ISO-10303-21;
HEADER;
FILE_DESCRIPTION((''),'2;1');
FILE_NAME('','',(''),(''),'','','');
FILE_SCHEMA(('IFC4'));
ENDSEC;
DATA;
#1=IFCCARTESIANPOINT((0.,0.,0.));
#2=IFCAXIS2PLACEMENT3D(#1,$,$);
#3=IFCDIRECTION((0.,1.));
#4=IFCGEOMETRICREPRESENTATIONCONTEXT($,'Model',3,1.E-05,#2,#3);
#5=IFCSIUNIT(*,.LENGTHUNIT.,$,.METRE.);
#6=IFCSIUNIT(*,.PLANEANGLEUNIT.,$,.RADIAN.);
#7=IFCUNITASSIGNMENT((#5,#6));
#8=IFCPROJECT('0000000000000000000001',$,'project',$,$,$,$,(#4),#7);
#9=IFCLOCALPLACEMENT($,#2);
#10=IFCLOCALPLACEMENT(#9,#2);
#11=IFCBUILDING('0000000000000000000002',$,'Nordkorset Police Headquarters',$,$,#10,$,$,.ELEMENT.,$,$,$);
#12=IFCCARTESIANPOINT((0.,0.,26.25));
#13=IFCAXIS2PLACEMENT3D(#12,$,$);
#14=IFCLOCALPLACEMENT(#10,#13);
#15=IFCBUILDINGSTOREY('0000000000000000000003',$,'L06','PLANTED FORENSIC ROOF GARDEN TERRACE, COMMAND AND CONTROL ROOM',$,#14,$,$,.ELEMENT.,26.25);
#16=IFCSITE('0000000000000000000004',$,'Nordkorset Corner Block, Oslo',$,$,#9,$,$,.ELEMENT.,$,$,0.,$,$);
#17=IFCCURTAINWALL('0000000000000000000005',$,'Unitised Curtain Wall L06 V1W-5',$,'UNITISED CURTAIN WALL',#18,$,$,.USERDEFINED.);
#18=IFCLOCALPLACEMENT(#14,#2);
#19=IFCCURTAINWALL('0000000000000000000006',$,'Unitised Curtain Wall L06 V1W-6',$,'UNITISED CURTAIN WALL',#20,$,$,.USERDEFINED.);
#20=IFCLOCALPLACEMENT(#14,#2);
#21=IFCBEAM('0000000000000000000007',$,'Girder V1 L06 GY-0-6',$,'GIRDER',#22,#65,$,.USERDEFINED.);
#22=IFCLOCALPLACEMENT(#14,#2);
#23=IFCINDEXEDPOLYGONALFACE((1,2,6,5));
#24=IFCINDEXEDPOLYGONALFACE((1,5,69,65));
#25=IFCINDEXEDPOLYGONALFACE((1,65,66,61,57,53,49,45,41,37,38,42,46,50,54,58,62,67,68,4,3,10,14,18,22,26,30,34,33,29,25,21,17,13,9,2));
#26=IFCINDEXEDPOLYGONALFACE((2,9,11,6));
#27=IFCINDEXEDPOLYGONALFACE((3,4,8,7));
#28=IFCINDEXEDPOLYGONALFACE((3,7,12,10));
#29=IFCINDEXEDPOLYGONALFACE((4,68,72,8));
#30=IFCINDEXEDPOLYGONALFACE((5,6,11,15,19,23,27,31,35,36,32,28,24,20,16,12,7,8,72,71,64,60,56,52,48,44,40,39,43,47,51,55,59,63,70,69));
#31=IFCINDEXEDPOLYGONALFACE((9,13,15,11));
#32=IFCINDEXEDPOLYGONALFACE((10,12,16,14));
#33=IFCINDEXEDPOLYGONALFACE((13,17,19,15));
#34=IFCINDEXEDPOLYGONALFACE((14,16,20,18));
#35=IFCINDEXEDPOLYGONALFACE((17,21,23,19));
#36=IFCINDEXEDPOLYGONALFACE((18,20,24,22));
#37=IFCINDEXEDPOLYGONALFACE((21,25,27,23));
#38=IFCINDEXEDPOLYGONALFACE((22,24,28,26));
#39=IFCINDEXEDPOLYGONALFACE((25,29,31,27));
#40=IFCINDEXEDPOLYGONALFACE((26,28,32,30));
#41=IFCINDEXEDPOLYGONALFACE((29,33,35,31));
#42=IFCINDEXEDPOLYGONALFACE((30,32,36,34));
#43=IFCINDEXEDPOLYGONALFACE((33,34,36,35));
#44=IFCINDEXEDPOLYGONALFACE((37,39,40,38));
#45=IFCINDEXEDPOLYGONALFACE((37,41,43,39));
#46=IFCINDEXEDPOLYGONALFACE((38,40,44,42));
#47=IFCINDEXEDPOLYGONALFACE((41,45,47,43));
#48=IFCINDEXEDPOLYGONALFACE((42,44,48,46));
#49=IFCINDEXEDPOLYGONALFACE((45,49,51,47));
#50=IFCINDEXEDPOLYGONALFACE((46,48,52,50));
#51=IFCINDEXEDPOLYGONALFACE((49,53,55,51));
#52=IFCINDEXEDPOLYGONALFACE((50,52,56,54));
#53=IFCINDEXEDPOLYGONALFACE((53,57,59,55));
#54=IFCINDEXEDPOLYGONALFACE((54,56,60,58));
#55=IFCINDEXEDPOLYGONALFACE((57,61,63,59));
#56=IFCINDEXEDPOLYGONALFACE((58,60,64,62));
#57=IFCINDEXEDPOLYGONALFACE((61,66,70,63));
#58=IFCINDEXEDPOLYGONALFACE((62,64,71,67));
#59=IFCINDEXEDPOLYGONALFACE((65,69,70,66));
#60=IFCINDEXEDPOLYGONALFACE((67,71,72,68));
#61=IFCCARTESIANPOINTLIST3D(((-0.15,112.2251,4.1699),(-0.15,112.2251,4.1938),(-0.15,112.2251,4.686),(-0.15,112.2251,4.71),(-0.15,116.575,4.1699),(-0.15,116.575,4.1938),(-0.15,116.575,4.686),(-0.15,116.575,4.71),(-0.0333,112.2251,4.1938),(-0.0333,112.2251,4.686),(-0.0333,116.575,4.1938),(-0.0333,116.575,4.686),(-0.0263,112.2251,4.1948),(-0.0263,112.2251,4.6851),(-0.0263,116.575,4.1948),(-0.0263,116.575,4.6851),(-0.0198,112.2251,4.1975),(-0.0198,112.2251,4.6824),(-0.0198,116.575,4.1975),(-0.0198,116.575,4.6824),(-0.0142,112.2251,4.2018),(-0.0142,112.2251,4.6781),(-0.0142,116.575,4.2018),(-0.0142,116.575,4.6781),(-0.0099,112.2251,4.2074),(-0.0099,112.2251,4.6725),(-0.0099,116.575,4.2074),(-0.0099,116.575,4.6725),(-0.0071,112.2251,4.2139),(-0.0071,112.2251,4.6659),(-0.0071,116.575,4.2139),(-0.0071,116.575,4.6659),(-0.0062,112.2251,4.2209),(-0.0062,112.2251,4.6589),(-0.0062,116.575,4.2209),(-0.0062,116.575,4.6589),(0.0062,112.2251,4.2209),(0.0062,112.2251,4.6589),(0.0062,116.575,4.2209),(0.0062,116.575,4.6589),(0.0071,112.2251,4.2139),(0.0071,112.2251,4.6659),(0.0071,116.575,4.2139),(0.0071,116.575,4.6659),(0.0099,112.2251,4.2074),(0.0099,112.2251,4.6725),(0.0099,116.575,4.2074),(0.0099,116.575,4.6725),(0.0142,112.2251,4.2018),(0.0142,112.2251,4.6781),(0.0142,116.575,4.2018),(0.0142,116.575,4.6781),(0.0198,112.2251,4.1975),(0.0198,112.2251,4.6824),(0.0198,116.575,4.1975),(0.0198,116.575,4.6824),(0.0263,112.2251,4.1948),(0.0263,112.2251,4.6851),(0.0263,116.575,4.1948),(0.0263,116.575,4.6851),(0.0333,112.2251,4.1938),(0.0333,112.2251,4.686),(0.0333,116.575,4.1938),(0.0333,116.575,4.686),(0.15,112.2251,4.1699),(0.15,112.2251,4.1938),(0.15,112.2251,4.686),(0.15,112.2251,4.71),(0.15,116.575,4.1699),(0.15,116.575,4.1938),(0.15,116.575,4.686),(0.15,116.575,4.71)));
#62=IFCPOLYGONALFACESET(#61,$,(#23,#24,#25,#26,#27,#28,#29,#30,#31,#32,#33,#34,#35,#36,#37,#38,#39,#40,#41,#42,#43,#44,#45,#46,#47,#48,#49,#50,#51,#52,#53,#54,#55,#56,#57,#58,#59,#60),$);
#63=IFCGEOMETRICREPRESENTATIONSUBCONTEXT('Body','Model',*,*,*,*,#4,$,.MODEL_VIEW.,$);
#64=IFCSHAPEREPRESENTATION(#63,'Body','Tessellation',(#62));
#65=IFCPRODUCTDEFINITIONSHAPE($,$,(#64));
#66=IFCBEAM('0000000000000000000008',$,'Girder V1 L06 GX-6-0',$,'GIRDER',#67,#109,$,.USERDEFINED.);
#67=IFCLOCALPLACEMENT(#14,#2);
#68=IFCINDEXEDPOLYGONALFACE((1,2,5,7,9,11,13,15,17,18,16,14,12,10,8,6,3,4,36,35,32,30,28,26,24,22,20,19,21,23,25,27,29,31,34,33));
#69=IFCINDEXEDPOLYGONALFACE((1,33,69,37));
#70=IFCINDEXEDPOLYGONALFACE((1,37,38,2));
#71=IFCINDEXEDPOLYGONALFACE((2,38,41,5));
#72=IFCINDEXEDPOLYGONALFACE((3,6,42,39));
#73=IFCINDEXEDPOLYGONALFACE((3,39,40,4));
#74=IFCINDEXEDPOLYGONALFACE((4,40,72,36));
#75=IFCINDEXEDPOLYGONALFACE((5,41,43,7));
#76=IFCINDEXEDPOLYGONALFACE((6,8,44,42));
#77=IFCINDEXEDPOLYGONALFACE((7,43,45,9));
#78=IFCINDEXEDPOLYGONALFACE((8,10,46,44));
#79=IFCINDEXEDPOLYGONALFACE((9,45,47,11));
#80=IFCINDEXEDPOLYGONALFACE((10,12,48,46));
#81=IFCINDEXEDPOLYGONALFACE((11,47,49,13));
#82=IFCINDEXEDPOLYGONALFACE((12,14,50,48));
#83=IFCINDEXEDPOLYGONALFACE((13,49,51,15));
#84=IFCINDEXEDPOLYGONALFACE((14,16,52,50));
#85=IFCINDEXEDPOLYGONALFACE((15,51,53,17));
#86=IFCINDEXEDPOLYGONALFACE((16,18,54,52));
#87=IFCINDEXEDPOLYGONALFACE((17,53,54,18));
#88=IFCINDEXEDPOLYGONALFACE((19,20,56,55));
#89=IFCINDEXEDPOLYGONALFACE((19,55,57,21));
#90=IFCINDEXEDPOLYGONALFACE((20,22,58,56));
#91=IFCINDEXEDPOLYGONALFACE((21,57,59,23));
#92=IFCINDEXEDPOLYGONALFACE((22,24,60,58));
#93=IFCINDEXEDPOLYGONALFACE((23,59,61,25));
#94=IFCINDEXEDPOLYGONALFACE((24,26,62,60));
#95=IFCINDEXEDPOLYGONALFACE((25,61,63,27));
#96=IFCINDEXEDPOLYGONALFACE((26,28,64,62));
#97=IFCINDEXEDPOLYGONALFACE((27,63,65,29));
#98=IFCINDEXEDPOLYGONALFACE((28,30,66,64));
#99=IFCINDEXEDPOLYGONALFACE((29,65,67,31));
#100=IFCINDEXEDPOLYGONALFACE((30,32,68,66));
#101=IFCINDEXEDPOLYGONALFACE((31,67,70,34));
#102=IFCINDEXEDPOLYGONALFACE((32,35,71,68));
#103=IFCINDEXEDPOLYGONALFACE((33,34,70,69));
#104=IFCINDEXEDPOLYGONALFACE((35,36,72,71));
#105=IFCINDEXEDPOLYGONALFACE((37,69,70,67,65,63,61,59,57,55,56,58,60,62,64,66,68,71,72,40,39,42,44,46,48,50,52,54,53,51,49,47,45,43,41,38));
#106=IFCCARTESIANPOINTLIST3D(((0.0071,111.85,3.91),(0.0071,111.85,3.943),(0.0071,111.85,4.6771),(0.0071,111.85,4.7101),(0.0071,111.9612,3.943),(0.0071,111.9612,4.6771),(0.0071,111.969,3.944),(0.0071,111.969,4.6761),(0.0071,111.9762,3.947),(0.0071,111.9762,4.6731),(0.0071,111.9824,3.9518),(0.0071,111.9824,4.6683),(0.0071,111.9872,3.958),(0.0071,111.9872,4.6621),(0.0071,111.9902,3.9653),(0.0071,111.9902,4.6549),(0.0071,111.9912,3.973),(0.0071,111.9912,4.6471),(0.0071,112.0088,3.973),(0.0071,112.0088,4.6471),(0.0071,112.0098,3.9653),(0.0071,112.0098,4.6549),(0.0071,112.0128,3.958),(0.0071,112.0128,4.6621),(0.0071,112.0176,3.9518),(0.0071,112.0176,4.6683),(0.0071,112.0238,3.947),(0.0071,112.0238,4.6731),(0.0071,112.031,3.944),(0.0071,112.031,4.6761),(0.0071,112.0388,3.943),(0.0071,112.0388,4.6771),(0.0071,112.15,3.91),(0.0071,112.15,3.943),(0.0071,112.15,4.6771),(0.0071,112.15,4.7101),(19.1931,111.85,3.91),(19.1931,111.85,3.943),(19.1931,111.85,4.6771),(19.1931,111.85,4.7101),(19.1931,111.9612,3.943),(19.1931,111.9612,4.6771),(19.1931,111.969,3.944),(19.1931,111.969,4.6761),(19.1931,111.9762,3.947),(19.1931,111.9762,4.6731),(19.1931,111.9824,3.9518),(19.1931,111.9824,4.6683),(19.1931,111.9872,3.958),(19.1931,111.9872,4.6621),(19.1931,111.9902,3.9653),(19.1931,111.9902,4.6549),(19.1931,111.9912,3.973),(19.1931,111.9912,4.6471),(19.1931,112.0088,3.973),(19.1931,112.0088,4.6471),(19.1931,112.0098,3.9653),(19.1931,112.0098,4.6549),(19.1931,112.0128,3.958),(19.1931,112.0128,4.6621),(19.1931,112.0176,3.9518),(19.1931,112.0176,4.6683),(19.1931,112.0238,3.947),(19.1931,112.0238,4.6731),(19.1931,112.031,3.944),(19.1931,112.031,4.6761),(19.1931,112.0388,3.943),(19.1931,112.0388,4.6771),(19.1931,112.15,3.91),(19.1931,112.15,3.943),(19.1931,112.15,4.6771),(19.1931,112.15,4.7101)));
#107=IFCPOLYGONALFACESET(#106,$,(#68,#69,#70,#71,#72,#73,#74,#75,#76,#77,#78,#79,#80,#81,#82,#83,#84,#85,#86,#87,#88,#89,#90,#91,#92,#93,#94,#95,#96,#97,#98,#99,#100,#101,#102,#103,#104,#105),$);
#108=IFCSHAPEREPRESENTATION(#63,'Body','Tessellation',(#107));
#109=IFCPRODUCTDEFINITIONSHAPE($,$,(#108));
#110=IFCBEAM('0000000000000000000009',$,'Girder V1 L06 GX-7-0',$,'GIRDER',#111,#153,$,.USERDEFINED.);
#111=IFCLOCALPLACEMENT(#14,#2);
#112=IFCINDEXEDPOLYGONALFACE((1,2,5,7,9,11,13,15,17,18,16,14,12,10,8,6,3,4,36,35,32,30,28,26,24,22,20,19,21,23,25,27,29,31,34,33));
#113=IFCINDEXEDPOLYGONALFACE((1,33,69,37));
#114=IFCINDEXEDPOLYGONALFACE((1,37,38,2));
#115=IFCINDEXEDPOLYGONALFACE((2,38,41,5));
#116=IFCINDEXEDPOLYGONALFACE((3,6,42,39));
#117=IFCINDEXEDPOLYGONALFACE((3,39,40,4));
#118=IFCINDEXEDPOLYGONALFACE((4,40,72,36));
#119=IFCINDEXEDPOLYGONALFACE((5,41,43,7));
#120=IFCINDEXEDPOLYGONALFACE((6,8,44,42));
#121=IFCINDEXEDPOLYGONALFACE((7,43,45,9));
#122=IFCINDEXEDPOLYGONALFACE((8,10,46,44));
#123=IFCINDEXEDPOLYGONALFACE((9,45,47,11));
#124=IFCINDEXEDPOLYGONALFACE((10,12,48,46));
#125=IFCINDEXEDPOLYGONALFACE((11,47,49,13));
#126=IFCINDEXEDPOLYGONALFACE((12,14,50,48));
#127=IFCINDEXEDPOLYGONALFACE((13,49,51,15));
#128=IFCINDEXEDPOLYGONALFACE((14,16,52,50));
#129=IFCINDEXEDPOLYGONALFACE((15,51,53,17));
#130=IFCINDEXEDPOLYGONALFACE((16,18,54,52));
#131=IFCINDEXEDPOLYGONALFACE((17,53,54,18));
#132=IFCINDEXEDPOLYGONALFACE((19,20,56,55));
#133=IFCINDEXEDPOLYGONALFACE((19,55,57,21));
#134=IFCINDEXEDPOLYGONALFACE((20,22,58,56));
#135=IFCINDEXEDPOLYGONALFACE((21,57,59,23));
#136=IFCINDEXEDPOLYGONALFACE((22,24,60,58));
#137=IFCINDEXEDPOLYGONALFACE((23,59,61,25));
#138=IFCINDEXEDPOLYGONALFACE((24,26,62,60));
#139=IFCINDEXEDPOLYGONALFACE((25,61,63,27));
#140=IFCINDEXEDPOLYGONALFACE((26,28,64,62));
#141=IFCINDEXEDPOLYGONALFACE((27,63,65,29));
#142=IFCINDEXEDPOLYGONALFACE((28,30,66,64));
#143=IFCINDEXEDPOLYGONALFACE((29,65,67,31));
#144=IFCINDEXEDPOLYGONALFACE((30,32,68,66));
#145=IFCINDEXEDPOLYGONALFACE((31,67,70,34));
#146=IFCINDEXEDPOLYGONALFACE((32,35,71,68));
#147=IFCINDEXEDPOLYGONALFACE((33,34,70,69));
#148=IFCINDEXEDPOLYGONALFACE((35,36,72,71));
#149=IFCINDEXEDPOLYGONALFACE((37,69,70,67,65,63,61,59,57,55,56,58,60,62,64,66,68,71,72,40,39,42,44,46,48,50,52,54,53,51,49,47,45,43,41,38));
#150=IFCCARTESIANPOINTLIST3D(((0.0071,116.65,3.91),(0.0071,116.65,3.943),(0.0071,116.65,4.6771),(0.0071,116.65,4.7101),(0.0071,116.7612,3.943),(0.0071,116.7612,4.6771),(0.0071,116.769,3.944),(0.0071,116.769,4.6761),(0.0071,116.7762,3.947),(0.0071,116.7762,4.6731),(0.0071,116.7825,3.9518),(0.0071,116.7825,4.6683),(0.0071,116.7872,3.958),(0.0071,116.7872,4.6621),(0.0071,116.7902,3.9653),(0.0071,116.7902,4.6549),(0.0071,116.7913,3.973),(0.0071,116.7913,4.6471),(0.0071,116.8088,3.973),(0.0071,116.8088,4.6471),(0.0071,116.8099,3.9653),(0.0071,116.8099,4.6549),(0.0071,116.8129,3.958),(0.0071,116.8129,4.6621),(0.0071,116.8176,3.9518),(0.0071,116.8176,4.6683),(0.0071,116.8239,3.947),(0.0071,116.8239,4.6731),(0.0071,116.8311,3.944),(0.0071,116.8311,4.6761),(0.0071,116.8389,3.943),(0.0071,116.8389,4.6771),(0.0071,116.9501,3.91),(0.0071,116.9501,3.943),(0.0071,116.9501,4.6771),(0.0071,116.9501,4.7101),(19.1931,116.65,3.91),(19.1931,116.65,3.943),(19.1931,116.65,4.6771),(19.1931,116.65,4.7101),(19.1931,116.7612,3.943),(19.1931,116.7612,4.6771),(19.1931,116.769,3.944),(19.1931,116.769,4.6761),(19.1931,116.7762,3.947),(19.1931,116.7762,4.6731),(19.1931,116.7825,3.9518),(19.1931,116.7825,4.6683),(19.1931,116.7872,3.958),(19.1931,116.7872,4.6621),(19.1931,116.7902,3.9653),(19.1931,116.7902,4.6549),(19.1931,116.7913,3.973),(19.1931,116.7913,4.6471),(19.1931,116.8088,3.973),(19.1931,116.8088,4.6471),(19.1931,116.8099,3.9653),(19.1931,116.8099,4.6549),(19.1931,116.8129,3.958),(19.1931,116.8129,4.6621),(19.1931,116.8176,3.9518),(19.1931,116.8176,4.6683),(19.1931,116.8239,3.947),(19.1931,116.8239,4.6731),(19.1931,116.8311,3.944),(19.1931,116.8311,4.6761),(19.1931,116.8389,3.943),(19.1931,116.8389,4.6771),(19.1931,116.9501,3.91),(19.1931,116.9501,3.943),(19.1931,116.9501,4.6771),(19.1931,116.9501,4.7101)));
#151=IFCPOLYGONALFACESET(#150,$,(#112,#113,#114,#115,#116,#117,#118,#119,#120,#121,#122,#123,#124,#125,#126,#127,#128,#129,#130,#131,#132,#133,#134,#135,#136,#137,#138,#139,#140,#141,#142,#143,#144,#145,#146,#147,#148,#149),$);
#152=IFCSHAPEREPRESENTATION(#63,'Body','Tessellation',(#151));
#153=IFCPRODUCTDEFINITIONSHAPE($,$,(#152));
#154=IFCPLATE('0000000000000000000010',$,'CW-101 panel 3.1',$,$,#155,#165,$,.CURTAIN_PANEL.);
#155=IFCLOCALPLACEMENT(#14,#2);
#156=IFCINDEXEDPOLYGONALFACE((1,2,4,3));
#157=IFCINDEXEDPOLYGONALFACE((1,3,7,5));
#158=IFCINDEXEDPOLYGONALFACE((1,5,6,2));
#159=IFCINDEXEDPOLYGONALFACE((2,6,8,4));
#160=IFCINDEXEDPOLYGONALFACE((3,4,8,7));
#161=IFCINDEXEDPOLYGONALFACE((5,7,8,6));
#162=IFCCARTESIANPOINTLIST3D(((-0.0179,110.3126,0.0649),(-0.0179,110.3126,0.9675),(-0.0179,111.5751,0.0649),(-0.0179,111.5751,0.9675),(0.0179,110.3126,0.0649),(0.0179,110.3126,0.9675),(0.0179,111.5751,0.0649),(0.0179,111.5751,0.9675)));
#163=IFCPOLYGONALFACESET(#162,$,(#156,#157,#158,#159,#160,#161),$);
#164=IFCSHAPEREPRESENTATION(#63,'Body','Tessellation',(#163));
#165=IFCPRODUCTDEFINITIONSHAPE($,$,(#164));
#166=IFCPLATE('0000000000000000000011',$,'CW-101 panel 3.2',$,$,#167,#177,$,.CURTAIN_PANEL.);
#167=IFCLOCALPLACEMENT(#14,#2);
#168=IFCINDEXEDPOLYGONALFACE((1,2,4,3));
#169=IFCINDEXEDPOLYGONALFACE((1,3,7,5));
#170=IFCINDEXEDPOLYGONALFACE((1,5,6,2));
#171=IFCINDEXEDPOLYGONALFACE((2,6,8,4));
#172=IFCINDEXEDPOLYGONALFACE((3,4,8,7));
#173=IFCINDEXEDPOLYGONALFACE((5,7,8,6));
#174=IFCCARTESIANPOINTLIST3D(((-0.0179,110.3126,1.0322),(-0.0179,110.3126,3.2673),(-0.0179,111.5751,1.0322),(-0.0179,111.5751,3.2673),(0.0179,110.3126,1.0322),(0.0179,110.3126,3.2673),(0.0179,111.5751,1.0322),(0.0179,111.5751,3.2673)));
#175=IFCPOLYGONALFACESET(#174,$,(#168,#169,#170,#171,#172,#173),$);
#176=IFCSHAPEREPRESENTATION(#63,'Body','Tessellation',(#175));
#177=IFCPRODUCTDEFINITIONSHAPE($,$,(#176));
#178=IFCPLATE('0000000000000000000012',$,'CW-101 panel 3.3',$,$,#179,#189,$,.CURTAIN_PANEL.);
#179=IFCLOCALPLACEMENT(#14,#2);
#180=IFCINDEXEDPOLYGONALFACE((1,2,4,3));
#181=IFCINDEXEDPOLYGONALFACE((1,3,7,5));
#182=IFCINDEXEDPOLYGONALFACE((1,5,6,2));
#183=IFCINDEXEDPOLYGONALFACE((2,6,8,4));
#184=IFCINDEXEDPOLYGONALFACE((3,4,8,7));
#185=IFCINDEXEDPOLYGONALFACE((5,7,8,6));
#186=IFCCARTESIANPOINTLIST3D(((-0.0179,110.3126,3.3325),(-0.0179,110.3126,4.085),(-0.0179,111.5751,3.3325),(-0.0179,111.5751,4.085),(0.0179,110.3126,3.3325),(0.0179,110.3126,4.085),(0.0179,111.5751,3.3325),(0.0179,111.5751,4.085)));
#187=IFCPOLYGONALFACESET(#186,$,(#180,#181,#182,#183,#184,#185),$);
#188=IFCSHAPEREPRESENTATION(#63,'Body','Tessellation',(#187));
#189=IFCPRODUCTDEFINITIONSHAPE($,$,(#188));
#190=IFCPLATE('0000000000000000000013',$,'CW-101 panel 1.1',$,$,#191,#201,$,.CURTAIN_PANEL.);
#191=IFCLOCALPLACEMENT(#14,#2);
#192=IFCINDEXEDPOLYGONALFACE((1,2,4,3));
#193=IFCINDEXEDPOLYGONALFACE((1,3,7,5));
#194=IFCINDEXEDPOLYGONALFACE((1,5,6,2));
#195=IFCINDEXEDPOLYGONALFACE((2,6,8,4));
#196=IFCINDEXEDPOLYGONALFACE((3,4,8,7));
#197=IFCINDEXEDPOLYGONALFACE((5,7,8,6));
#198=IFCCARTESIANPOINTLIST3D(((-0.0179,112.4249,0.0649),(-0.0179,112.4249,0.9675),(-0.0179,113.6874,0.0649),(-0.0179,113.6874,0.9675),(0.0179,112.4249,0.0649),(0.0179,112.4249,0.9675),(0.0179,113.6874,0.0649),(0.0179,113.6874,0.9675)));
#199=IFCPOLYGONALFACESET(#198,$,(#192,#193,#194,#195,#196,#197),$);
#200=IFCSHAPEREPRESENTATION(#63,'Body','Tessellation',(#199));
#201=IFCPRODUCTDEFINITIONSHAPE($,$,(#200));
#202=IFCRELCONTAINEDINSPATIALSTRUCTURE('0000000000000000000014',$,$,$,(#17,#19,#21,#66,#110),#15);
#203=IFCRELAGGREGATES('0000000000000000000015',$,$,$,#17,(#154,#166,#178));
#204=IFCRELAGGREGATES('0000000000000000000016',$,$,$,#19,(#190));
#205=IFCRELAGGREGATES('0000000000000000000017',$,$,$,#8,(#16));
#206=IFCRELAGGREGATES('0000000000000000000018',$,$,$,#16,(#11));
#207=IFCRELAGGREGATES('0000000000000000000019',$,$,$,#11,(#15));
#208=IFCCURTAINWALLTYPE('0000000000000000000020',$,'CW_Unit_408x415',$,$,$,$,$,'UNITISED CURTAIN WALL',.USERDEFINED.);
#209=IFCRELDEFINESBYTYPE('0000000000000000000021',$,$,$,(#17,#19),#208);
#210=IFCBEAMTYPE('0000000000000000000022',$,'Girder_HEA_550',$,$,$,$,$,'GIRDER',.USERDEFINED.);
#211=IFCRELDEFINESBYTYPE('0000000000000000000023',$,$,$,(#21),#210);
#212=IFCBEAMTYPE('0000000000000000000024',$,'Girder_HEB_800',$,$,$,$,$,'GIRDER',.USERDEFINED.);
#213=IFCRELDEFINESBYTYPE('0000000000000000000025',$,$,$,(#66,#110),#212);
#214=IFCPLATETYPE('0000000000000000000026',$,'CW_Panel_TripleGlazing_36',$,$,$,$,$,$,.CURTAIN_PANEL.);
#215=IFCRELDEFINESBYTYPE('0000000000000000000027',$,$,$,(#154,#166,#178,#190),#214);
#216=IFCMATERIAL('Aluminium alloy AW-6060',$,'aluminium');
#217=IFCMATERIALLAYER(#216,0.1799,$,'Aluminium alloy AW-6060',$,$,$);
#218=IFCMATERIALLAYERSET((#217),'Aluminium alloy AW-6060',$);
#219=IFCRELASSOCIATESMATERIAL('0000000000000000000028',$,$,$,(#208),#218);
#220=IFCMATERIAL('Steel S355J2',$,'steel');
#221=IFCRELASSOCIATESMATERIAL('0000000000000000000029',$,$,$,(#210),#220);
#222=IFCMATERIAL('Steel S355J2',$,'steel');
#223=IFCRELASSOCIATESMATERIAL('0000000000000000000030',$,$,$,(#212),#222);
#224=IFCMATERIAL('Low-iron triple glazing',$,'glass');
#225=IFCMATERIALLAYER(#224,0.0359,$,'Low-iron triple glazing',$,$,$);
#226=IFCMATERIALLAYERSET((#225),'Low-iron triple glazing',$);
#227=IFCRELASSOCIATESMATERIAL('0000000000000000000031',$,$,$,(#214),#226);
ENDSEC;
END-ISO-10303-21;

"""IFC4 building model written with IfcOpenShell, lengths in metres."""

from ifc_helpers import new_model, si_unit, direction, frame, origin, origin_2d, place, context, subcontext, project, spatial, rectangle, i_section, extrude, material, layer, layer_set, material_profile, profile_set, type_object, element, aggregate, save


model = new_model("IFC4")

# Units and contexts
model_context = context("Model", 3, precision=1e-05, world=origin(), true_north=direction((0.0, 1.0)))
body_context = subcontext(model_context, "Body", "Model", "MODEL_VIEW")
ifc_project = project(units=[si_unit("LENGTHUNIT", "METRE"), si_unit("PLANEANGLEUNIT", "RADIAN")], contexts=[model_context])

# Site, building, storey
site_placement = place(None, origin())
site = spatial("IfcSite", under=ifc_project, at=site_placement, Name="Nordkorset Corner Block, Oslo", CompositionType="ELEMENT", RefElevation=0.0)
building_placement = place(site_placement, origin())
building = spatial("IfcBuilding", under=site, at=building_placement, Name="Nordkorset Police Headquarters", CompositionType="ELEMENT")
storey_placement = place(building_placement, frame((0.0, 0.0, 26.25)))
storey = spatial("IfcBuildingStorey", under=building, at=storey_placement, Name="L06", Description="PLANTED FORENSIC ROOF GARDEN TERRACE, COMMAND AND CONTROL ROOM", CompositionType="ELEMENT", Elevation=26.25)

# Curtain wall
ifc_material_1 = material(Name="Aluminium alloy AW-6060", Category="aluminium")
ifc_layer_1 = layer(ifc_material_1, 0.1799, Name="Aluminium alloy AW-6060")
ifc_layer_set_1 = layer_set([ifc_layer_1], Name="Aluminium alloy AW-6060")
curtain_wall_type = type_object("IfcCurtainWallType", Name="CW_Unit_408x415", ElementType="UNITISED CURTAIN WALL", PredefinedType="USERDEFINED", material=ifc_layer_set_1)
curtain_wall_1_placement = place(storey_placement, origin())
curtain_wall_1 = element("IfcCurtainWall", 1, at=curtain_wall_1_placement, inside=storey, type_object=curtain_wall_type, Name="Unitised Curtain Wall L06 V1W-5", ObjectType="UNITISED CURTAIN WALL", PredefinedType="USERDEFINED")

# Curtain wall
curtain_wall_2_placement = place(storey_placement, origin())
curtain_wall_2 = element("IfcCurtainWall", 2, at=curtain_wall_2_placement, inside=storey, type_object=curtain_wall_type, Name="Unitised Curtain Wall L06 V1W-6", ObjectType="UNITISED CURTAIN WALL", PredefinedType="USERDEFINED")

# Beams
ifc_material_2 = material(Name="Steel S355J2", Category="steel")
ifc_material_profile_1 = material_profile(ifc_material_2, i_section(OverallWidth=0.3, OverallDepth=0.54, WebThickness=0.0125, FlangeThickness=0.0239, FilletRadius=0.0271, at=origin_2d()), Name="HEA 550")
ifc_profile_set_1 = profile_set([ifc_material_profile_1], Name="Steel S355J2")
beam_type_1 = type_object("IfcBeamType", Name="Girder_HEA_550", ElementType="GIRDER", PredefinedType="USERDEFINED", material=ifc_profile_set_1)
beam_placement = place(storey_placement, frame((0.0, 112.2251, 4.4399), z_axis=(0.0, 1.0, 0.0), x_axis=(-1.0, 0.0, 0.0)))
element("IfcBeam", 3, at=beam_placement, inside=storey, type_object=beam_type_1, Name="Girder V1 L06 GY-0-6", ObjectType="GIRDER", PredefinedType="USERDEFINED", context=body_context, shape_type="SweptSolid", body=[
    extrude(i_section(OverallWidth=0.3, OverallDepth=0.54, WebThickness=0.0125, FlangeThickness=0.0239, FilletRadius=0.0271, at=origin_2d()), origin(), (0.0, 0.0, 1.0), 4.3499),
])
ifc_material_3 = material(Name="Steel S355J2", Category="steel")
ifc_material_profile_2 = material_profile(ifc_material_3, i_section(OverallWidth=0.3, OverallDepth=0.8, WebThickness=0.0176, FlangeThickness=0.033, FilletRadius=0.03, at=origin_2d()), Name="HEB 800")
ifc_profile_set_2 = profile_set([ifc_material_profile_2], Name="Steel S355J2")
beam_type_2 = type_object("IfcBeamType", Name="Girder_HEB_800", ElementType="GIRDER", PredefinedType="USERDEFINED", material=ifc_profile_set_2)
for number, where, z_axis, x_axis, name in (
    (4, (0.0071, 112.0, 4.3101), (1.0, 0.0, 0.0), (0.0, 1.0, 0.0), "Girder V1 L06 GX-6-0"),
    (5, (0.0071, 116.8, 4.3101), (1.0, 0.0, 0.0), (0.0, 1.0, 0.0), "Girder V1 L06 GX-7-0"),
):
    element("IfcBeam", number, at=place(storey_placement, frame(where, z_axis=z_axis, x_axis=x_axis)), inside=storey, type_object=beam_type_2, Name=name, ObjectType="GIRDER", PredefinedType="USERDEFINED", context=body_context, shape_type="SweptSolid", body=[
        extrude(i_section(OverallWidth=0.3, OverallDepth=0.8, WebThickness=0.0176, FlangeThickness=0.033, FilletRadius=0.03, at=origin_2d()), origin(), (0.0, 0.0, 1.0), 19.186),
    ])

# Plates
ifc_material_4 = material(Name="Low-iron triple glazing", Category="glass")
ifc_layer_2 = layer(ifc_material_4, 0.0359, Name="Low-iron triple glazing")
ifc_layer_set_2 = layer_set([ifc_layer_2], Name="Low-iron triple glazing")
plate_type = type_object("IfcPlateType", Name="CW_Panel_TripleGlazing_36", PredefinedType="CURTAIN_PANEL", material=ifc_layer_set_2)
plate_1_placement = place(storey_placement, frame((0.0, 110.9438, 0.0649), z_axis=(0.0, 0.0, 1.0), x_axis=(0.0, 1.0, 0.0)))
plate_1 = element("IfcPlate", 6, at=plate_1_placement, type_object=plate_type, Name="CW-101 panel 3.1", PredefinedType="CURTAIN_PANEL", context=body_context, shape_type="SweptSolid", body=[
    extrude(rectangle(XDim=1.2625, YDim=0.0359, at=origin_2d()), origin(), (0.0, 0.0, 1.0), 0.9026),
])
plate_2_placement = place(storey_placement, frame((0.0, 110.9438, 1.0322), z_axis=(0.0, 0.0, 1.0), x_axis=(0.0, 1.0, 0.0)))
plate_2 = element("IfcPlate", 7, at=plate_2_placement, type_object=plate_type, Name="CW-101 panel 3.2", PredefinedType="CURTAIN_PANEL", context=body_context, shape_type="SweptSolid", body=[
    extrude(rectangle(XDim=1.2625, YDim=0.0359, at=origin_2d()), origin(), (0.0, 0.0, 1.0), 2.2351),
])
plate_3_placement = place(storey_placement, frame((0.0, 110.9438, 3.3325), z_axis=(0.0, 0.0, 1.0), x_axis=(0.0, 1.0, 0.0)))
plate_3 = element("IfcPlate", 8, at=plate_3_placement, type_object=plate_type, Name="CW-101 panel 3.3", PredefinedType="CURTAIN_PANEL", context=body_context, shape_type="SweptSolid", body=[
    extrude(rectangle(XDim=1.2625, YDim=0.0359, at=origin_2d()), origin(), (0.0, 0.0, 1.0), 0.7524),
])
aggregate(curtain_wall_1, [plate_1, plate_2, plate_3])
plate_4_placement = place(storey_placement, frame((0.0, 113.0562, 0.0649), z_axis=(0.0, 0.0, 1.0), x_axis=(0.0, 1.0, 0.0)))
plate_4 = element("IfcPlate", 9, at=plate_4_placement, type_object=plate_type, Name="CW-101 panel 1.1", PredefinedType="CURTAIN_PANEL", context=body_context, shape_type="SweptSolid", body=[
    extrude(rectangle(XDim=1.2625, YDim=0.0359, at=origin_2d()), origin(), (0.0, 0.0, 1.0), 0.9026),
])
aggregate(curtain_wall_2, [plate_4])

save(model, "model.ifc")
